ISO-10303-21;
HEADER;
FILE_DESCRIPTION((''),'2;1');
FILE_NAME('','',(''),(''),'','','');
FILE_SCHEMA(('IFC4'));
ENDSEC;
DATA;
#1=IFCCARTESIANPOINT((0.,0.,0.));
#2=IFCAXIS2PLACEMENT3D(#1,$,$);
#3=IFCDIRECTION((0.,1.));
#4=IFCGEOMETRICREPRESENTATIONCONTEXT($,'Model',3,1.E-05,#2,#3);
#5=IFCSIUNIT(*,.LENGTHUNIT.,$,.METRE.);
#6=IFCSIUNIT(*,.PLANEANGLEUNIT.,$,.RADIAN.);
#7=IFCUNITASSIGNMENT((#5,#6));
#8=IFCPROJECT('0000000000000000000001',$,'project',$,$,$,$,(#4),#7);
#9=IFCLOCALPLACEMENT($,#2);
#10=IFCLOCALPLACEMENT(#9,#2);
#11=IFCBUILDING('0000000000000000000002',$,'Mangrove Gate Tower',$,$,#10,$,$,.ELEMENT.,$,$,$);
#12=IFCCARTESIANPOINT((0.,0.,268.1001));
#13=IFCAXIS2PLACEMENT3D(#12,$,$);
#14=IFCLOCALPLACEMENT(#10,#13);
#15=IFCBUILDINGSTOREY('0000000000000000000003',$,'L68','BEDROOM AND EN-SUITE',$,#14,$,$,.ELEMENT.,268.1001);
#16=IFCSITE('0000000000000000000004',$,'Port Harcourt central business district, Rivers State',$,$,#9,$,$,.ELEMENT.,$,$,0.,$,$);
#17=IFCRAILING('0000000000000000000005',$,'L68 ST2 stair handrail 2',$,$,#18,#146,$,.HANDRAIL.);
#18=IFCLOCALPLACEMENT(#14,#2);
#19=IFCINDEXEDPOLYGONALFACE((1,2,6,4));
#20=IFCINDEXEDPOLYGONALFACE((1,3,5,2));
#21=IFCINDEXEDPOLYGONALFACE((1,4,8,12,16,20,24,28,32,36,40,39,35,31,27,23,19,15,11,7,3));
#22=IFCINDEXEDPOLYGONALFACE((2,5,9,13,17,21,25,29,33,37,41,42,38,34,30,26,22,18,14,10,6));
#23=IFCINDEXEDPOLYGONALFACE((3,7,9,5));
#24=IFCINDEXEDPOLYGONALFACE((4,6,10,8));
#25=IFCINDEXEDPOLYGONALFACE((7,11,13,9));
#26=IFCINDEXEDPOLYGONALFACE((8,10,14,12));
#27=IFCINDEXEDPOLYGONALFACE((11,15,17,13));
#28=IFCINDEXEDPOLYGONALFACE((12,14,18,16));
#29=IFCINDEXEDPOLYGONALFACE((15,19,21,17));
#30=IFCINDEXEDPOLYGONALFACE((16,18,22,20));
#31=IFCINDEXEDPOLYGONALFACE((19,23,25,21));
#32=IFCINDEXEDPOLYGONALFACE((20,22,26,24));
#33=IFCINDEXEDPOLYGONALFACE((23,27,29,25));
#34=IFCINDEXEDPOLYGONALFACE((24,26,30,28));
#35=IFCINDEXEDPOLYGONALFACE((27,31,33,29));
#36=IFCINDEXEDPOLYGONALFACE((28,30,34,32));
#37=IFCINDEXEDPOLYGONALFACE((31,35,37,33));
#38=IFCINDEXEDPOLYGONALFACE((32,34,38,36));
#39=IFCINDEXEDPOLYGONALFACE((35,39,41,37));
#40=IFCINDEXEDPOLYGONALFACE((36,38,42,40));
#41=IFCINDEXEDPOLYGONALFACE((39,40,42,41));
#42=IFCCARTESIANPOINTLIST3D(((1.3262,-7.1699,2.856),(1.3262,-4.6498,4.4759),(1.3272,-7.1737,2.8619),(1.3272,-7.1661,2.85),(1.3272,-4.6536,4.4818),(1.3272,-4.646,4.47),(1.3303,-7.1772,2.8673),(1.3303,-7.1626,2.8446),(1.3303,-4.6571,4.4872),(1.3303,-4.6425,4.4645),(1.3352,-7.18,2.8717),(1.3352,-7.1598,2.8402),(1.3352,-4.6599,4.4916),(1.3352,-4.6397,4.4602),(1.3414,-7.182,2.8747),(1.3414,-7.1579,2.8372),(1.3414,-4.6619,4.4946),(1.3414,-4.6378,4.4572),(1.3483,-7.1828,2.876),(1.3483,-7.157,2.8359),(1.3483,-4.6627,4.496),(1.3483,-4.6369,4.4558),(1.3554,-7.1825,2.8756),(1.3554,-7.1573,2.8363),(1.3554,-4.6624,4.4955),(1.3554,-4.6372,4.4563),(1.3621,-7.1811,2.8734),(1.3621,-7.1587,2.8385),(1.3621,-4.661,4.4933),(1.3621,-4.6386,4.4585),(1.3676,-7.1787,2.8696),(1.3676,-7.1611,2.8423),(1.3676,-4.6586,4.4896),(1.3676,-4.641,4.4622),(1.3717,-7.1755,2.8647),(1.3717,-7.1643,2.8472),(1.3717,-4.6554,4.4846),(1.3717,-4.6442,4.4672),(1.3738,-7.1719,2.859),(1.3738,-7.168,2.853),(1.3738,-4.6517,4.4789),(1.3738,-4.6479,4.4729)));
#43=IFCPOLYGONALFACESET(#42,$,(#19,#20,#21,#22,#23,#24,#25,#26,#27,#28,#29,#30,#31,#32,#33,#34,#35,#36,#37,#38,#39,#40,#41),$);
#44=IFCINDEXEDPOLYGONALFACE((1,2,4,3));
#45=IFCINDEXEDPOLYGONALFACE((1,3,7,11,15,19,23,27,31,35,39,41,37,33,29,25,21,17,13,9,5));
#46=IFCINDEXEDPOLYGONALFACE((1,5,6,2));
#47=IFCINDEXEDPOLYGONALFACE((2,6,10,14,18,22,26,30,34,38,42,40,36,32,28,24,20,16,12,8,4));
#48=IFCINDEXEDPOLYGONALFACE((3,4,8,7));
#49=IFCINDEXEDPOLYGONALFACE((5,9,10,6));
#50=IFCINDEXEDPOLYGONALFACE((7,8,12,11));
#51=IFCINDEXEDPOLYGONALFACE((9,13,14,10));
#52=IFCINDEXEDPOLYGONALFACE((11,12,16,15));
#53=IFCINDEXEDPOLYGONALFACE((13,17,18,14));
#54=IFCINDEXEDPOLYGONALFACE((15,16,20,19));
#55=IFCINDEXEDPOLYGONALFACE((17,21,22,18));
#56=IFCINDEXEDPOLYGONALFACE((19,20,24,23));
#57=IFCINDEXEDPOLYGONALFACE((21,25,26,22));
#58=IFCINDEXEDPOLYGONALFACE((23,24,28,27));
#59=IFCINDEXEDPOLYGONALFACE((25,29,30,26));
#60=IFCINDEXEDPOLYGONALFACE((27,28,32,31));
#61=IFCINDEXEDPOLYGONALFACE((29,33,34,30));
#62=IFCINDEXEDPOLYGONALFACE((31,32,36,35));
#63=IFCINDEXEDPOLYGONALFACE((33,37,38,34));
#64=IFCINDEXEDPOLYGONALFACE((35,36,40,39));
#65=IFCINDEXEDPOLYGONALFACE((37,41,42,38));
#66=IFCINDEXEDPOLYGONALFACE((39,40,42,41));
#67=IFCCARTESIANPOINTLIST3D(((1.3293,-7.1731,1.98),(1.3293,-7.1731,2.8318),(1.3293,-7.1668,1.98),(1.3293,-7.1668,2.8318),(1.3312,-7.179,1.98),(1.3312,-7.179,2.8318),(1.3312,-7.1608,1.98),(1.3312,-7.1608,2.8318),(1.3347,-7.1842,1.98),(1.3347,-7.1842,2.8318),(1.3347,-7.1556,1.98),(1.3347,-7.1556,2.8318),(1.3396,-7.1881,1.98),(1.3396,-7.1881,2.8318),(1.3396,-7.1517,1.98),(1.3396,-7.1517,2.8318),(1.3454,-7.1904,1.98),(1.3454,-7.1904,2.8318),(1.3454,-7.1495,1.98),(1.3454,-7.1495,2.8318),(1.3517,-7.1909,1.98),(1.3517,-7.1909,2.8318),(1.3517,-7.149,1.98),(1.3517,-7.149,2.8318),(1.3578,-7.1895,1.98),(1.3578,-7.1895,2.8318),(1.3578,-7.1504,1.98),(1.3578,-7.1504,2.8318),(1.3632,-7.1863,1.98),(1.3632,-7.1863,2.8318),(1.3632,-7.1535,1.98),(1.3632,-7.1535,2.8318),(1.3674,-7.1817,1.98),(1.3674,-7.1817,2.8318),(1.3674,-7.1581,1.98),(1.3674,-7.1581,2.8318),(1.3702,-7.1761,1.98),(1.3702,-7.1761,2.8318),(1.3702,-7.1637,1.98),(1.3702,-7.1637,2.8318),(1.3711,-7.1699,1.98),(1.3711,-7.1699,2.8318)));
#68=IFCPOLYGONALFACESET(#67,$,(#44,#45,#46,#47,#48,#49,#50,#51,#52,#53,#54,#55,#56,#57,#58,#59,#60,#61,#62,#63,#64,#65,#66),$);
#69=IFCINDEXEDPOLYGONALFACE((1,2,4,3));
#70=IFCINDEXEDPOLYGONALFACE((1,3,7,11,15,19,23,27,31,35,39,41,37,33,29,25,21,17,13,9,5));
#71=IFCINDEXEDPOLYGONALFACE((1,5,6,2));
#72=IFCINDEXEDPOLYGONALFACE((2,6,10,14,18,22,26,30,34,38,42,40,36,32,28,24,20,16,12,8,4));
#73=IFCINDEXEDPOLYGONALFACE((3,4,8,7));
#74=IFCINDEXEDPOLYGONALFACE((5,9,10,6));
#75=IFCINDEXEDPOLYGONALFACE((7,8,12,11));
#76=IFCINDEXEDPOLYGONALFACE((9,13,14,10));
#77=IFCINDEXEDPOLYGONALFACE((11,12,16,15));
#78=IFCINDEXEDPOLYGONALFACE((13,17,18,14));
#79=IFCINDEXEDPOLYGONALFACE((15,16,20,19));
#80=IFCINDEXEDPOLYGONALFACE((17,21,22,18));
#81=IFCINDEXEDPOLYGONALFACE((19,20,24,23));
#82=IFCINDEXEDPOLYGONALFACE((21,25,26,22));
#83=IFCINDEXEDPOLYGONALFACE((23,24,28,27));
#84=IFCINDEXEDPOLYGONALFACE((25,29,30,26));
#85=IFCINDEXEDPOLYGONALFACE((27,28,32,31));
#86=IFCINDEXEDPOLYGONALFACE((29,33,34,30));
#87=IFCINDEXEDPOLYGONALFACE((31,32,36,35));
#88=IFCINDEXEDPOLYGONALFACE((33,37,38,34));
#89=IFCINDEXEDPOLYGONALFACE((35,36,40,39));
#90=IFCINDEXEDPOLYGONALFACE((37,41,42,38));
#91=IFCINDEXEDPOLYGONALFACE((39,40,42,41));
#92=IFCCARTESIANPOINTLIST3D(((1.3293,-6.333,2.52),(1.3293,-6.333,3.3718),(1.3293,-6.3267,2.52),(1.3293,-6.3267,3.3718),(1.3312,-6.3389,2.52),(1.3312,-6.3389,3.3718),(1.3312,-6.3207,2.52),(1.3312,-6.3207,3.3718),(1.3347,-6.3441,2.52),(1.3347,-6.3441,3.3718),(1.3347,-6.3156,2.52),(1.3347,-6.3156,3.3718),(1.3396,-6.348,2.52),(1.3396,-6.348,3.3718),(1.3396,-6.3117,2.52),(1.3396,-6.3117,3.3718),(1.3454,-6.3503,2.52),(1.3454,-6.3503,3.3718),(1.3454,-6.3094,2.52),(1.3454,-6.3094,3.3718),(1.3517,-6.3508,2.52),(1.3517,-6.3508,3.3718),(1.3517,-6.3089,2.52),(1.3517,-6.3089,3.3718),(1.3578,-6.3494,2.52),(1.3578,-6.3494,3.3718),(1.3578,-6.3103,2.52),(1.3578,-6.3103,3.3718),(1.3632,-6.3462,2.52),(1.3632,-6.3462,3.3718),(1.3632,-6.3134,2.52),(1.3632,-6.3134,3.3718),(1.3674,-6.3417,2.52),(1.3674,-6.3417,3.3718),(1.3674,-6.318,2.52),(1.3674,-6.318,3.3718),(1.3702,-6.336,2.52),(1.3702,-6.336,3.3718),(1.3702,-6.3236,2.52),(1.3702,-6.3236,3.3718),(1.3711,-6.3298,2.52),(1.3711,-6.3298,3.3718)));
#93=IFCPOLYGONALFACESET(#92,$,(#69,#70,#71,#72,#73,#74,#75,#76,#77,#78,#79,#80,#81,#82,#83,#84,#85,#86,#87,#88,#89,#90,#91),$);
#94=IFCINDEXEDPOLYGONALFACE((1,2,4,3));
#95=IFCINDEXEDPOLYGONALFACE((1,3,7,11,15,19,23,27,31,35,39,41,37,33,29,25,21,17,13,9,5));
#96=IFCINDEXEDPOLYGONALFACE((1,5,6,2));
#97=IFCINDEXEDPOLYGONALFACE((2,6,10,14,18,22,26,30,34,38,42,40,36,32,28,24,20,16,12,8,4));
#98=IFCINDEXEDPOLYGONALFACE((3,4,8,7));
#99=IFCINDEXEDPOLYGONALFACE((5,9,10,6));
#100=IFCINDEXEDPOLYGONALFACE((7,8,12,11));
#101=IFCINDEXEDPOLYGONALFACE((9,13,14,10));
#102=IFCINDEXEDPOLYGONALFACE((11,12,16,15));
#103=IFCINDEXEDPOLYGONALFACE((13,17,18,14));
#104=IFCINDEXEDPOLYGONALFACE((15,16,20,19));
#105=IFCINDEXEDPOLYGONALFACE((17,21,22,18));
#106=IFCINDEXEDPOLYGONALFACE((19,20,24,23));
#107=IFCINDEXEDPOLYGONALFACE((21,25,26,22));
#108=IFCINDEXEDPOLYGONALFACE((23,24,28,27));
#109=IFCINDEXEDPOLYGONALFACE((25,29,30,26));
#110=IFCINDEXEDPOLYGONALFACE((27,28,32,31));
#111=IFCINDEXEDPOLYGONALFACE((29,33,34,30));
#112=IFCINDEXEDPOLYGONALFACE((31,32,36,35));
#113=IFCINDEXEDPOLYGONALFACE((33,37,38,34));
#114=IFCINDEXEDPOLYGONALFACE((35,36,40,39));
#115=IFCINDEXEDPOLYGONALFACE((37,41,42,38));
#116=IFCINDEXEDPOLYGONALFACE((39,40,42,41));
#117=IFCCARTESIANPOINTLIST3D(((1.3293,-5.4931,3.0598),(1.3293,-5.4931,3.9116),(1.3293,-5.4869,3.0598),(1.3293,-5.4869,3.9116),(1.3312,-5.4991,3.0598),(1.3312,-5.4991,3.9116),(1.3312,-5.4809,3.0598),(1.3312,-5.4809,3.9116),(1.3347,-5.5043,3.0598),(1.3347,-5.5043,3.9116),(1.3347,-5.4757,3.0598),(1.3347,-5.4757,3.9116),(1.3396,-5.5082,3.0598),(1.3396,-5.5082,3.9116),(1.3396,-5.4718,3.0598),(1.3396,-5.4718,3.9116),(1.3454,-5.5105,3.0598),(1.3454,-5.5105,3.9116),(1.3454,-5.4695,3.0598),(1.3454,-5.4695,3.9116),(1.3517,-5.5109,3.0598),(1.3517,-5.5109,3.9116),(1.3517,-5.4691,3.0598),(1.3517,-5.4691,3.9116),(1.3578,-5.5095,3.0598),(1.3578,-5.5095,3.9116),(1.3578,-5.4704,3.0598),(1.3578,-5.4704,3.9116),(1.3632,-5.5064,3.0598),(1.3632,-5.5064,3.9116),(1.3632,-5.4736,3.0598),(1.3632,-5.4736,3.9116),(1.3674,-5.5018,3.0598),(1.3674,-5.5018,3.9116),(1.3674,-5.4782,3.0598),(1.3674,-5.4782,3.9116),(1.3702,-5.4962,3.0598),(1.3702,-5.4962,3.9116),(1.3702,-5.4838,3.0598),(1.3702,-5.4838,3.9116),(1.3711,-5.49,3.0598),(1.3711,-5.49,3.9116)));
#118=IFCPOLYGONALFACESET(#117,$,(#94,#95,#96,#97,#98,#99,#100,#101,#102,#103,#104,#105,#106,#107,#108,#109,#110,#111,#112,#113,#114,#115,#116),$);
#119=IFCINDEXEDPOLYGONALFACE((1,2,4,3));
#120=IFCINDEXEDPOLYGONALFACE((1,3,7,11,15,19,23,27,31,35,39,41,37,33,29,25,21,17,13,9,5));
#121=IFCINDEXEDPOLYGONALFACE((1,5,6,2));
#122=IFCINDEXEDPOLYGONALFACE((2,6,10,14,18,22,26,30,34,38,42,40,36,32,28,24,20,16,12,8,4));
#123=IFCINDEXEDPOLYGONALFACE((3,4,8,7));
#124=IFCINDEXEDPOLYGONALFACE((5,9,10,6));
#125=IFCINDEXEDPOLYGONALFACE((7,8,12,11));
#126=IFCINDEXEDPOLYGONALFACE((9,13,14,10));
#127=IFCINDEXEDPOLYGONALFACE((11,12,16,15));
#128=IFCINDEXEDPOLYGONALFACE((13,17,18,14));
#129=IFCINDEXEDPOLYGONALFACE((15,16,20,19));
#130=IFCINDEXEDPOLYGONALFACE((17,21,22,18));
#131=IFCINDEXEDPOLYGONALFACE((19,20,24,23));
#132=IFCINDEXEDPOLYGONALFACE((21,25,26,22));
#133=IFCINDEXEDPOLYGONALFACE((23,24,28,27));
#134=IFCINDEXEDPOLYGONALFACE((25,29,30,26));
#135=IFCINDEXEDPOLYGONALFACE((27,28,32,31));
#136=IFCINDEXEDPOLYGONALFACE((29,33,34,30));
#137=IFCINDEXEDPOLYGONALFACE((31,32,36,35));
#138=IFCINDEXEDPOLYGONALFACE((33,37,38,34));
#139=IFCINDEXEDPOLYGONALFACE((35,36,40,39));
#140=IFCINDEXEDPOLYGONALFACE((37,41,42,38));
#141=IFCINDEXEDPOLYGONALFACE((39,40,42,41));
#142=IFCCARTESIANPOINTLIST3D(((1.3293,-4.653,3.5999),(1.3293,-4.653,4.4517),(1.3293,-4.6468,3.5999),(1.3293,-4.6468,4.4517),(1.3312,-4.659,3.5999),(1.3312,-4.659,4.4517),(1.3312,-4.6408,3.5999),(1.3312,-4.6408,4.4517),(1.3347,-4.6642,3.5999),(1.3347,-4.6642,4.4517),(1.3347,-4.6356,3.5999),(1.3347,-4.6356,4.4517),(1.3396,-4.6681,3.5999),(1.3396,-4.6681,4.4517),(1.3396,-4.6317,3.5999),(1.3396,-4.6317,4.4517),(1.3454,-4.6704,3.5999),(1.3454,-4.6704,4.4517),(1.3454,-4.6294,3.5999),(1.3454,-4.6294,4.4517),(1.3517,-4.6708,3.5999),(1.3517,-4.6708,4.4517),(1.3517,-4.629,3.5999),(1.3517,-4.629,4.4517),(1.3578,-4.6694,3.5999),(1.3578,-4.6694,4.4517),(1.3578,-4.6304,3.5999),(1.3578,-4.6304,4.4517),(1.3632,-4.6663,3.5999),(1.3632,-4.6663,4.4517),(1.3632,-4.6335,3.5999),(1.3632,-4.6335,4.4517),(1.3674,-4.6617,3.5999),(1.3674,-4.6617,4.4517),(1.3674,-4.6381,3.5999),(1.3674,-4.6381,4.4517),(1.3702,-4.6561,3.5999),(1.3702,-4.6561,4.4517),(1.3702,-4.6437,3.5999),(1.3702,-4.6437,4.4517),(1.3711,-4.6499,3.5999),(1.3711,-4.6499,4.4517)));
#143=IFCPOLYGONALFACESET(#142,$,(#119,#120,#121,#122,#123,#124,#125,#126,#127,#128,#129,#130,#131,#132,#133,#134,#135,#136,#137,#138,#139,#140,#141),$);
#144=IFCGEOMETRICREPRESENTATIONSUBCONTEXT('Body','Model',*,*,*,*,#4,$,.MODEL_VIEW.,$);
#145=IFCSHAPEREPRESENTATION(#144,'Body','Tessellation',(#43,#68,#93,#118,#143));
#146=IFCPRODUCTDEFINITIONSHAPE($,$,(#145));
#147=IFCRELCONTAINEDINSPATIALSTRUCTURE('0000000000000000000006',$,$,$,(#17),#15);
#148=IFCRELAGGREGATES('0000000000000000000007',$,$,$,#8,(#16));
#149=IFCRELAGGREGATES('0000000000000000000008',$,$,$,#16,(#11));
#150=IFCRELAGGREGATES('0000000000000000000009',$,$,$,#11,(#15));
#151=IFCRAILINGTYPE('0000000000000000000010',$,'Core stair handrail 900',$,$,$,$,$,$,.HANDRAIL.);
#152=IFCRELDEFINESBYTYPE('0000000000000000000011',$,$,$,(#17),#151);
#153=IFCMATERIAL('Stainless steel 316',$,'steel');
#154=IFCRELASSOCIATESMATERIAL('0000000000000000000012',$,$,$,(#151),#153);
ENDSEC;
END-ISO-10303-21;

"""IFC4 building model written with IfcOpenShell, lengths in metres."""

from ifc_helpers import new_model, si_unit, direction, frame, origin, origin_2d, place, context, subcontext, project, spatial, circle, extrude, material, type_object, element, save


model = new_model("IFC4")

# Units and contexts
model_context = context("Model", 3, precision=1e-05, world=origin(), true_north=direction((0.0, 1.0)))
body_context = subcontext(model_context, "Body", "Model", "MODEL_VIEW")
ifc_project = project(units=[si_unit("LENGTHUNIT", "METRE"), si_unit("PLANEANGLEUNIT", "RADIAN")], contexts=[model_context])

# Site, building, storey
site_placement = place(None, origin())
site = spatial("IfcSite", under=ifc_project, at=site_placement, Name="Port Harcourt central business district, Rivers State", CompositionType="ELEMENT", RefElevation=0.0)
building_placement = place(site_placement, origin())
building = spatial("IfcBuilding", under=site, at=building_placement, Name="Mangrove Gate Tower", CompositionType="ELEMENT")
storey_placement = place(building_placement, frame((0.0, 0.0, 268.1001)))
storey = spatial("IfcBuildingStorey", under=building, at=storey_placement, Name="L68", Description="BEDROOM AND EN-SUITE", CompositionType="ELEMENT", Elevation=268.1001)

# Railing
ifc_material_1 = material(Name="Stainless steel 316", Category="steel")
railing_type_1 = type_object("IfcRailingType", Name="Core stair handrail 900", PredefinedType="HANDRAIL", material=ifc_material_1)
railing_1_placement = place(storey_placement, frame((1.3501, -7.1699, 1.98)))
element("IfcRailing", 1, at=railing_1_placement, inside=storey, type_object=railing_type_1, Name="L68 ST2 stair handrail 2", PredefinedType="HANDRAIL", context=body_context, shape_type="SweptSolid", body=[
    extrude(circle(Radius=0.0239, at=origin_2d()), frame((0.0, 0.0, 0.876), z_axis=(0.0, 0.8412, 0.540725), x_axis=(-1.0, 0.0, 0.0)), (0.0, 0.0, 1.0), 2.9958),
    extrude(circle(Radius=0.021, at=origin_2d()), origin(), (0.0, 0.0, 1.0), 0.8518),
    extrude(circle(Radius=0.021, at=origin_2d()), frame((0.0, 0.8401, 0.54)), (0.0, 0.0, 1.0), 0.8518),
    extrude(circle(Radius=0.021, at=origin_2d()), frame((0.0, 1.6799, 1.0798)), (0.0, 0.0, 1.0), 0.8518),
    extrude(circle(Radius=0.021, at=origin_2d()), frame((0.0, 2.52, 1.6199)), (0.0, 0.0, 1.0), 0.8518),
])

save(model, "model.ifc")
